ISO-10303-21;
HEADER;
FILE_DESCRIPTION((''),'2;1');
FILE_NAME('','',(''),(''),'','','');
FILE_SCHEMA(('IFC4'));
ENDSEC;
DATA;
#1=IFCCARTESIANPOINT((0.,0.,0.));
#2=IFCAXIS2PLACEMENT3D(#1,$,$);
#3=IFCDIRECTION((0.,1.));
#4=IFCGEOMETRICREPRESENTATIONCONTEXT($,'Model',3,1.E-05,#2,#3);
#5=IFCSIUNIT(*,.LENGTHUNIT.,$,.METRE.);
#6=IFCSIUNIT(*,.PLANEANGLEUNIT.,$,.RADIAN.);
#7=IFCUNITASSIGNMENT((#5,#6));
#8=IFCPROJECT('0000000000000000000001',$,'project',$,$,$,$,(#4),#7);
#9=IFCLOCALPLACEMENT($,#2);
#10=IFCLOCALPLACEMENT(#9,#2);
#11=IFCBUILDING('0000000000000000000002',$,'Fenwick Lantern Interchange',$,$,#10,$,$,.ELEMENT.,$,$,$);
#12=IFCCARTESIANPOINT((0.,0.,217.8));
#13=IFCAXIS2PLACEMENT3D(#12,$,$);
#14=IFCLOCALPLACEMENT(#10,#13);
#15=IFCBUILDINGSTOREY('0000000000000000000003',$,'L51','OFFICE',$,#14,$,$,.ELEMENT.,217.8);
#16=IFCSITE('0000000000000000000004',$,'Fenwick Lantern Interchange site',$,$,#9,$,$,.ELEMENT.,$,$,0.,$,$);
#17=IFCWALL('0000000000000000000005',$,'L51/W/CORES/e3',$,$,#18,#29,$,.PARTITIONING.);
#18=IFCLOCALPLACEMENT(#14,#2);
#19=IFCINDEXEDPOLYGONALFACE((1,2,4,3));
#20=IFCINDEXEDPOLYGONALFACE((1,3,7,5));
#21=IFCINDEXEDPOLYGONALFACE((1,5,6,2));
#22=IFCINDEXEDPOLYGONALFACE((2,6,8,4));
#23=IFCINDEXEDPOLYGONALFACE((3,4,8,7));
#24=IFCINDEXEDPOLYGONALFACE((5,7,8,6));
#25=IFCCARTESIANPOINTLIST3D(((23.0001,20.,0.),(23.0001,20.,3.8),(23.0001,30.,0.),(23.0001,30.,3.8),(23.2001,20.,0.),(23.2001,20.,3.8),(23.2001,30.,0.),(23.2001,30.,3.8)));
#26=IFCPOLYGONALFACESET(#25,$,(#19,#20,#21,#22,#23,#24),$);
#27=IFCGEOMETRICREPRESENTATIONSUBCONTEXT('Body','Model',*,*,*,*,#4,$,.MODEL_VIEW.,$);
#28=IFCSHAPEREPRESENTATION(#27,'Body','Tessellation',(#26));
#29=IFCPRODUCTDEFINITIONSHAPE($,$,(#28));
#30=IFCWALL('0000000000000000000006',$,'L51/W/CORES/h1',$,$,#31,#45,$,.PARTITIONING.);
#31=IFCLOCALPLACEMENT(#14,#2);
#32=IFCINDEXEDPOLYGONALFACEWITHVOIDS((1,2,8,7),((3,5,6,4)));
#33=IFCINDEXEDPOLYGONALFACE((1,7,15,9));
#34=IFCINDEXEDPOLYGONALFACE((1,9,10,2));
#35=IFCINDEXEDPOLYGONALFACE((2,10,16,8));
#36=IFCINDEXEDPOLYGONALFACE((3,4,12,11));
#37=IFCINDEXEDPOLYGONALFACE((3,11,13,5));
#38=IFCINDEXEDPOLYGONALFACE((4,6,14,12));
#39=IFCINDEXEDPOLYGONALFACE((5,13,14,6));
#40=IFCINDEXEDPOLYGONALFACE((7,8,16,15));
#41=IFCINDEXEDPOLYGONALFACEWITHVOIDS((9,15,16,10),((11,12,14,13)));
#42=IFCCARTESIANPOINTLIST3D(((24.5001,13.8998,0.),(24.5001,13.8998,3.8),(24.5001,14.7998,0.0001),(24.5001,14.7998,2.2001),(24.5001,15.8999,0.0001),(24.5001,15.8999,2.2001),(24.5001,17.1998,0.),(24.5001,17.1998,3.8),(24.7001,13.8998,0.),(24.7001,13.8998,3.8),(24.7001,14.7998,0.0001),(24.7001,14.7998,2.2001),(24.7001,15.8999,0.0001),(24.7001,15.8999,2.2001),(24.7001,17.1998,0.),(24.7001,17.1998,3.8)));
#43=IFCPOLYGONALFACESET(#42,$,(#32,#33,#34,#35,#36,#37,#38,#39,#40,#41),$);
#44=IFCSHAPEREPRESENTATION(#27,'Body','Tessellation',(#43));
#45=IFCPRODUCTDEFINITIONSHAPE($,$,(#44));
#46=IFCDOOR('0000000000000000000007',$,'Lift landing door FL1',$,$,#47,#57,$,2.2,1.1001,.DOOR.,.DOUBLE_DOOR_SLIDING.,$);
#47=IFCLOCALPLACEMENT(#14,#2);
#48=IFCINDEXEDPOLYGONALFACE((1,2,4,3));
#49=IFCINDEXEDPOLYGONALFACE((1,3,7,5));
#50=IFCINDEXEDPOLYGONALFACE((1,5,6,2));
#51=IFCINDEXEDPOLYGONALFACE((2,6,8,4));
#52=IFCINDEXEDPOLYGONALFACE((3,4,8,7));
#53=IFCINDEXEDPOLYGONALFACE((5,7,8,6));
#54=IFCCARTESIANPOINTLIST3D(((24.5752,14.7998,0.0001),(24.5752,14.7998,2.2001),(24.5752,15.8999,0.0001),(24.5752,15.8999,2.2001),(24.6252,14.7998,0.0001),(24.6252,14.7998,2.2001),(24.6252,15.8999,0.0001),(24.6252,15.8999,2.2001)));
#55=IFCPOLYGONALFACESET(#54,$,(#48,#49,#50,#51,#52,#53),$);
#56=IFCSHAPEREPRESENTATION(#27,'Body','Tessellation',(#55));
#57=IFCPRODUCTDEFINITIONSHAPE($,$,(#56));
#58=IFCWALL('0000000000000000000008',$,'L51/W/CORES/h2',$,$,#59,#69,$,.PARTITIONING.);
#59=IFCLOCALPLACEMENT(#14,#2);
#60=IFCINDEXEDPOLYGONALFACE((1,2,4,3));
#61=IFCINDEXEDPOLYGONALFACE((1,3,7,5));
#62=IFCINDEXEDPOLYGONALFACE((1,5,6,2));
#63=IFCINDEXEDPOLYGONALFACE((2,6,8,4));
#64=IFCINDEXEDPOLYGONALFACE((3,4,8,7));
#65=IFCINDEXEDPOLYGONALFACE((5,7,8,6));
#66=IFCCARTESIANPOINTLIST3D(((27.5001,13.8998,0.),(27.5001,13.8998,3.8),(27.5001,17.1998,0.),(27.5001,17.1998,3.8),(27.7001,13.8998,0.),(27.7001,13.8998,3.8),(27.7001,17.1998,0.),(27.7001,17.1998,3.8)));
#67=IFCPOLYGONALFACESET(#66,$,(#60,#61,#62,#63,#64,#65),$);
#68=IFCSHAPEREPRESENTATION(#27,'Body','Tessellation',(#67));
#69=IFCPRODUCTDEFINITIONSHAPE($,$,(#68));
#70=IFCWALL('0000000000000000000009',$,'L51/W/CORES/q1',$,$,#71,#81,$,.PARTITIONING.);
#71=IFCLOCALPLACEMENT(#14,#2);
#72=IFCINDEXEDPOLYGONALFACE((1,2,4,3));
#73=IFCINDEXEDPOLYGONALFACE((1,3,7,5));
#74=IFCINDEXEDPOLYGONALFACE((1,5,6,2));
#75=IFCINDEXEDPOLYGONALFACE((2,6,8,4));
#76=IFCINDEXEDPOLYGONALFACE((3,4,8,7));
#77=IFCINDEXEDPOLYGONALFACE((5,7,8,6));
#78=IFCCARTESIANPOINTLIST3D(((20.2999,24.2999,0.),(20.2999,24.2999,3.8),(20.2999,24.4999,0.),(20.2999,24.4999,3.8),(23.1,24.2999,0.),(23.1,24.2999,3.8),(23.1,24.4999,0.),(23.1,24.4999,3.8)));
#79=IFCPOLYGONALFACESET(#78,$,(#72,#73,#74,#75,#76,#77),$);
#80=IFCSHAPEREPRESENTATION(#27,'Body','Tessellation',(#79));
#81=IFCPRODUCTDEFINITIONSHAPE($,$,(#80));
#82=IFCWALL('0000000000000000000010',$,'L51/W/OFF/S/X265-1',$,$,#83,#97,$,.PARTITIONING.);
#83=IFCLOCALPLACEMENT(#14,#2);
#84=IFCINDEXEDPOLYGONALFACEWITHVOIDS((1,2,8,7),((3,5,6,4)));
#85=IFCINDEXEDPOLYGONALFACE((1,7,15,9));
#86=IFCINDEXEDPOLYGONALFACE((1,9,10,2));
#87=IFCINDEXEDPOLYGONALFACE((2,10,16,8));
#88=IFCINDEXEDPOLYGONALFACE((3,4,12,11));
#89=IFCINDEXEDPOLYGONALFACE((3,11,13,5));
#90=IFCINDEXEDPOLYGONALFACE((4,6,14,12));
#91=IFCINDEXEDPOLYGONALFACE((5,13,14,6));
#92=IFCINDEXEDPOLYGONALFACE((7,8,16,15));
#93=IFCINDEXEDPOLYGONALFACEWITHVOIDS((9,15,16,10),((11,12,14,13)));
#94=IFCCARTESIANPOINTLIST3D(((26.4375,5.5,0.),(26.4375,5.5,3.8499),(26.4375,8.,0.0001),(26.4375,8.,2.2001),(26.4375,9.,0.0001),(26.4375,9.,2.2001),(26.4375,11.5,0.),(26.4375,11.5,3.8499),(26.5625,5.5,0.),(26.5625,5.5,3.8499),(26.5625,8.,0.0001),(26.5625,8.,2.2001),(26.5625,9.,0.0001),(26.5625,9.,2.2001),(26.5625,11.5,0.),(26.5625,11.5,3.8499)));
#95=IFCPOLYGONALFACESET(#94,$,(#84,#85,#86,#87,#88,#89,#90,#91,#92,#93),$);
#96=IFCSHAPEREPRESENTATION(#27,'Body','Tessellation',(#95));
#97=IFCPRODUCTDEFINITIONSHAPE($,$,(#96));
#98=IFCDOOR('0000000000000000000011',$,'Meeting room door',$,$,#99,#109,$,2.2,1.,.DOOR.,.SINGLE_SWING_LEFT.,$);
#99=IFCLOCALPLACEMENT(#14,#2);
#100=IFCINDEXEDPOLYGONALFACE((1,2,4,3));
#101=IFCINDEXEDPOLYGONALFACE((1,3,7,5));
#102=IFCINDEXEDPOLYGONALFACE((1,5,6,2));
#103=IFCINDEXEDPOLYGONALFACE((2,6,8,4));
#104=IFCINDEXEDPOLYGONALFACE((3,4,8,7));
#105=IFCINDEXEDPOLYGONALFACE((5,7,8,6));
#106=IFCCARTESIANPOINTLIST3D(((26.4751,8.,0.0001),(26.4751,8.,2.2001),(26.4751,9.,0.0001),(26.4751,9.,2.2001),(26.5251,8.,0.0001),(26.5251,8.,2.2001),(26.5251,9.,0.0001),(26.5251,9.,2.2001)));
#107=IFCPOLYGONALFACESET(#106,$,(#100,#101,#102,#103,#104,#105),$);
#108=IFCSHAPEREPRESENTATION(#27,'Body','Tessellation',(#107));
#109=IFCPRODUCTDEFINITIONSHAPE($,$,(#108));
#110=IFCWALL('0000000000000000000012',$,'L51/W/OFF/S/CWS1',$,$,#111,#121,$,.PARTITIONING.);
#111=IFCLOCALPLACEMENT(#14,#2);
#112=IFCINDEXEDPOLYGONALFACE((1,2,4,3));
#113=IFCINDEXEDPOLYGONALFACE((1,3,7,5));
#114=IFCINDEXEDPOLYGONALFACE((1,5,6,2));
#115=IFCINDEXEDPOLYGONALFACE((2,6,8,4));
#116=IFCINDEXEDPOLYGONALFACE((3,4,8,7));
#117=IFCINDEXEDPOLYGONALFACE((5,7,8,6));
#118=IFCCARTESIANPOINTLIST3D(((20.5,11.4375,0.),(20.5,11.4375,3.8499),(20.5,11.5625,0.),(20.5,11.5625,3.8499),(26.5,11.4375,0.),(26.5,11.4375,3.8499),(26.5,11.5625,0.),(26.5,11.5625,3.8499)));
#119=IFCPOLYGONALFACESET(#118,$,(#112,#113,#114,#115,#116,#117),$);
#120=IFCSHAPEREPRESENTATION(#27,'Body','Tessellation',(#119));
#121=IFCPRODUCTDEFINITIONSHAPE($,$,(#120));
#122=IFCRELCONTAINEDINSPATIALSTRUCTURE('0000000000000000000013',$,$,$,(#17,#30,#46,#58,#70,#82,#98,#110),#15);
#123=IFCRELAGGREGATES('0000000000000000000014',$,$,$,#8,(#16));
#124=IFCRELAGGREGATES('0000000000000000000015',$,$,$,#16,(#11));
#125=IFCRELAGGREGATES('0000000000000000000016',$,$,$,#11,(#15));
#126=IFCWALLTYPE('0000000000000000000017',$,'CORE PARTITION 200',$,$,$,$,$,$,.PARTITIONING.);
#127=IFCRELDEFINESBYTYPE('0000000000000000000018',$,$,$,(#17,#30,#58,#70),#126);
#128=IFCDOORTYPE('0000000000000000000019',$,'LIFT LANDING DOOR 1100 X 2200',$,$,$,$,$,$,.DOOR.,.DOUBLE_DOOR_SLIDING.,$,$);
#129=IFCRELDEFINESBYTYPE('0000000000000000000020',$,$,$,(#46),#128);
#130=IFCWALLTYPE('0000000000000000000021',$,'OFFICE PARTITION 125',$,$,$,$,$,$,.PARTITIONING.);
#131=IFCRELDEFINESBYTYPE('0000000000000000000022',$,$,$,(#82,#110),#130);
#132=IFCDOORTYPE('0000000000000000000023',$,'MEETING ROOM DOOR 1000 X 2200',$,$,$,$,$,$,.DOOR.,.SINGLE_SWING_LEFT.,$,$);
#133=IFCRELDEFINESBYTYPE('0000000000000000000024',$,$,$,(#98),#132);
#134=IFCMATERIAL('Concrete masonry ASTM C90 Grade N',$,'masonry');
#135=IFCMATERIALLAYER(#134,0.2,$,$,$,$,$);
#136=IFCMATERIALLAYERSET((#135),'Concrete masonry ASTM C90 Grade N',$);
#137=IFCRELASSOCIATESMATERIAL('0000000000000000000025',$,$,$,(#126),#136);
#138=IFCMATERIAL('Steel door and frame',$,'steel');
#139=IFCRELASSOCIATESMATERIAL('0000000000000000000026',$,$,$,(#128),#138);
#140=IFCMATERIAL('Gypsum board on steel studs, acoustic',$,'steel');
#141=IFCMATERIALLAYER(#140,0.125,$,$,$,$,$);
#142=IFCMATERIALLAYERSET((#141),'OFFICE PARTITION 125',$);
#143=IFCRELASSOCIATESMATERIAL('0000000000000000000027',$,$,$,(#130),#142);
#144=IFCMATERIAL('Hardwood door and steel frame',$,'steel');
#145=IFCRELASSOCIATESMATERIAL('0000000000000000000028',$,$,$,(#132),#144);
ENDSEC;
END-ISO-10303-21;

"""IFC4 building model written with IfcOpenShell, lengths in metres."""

from ifc_helpers import new_model, si_unit, direction, frame, frame_2d, origin, place, context, subcontext, project, spatial, rectangle, extrude, material, layer, layer_set, type_object, element, fill, save


model = new_model("IFC4")

# Units and contexts
model_context = context("Model", 3, precision=1e-05, world=origin(), true_north=direction((0.0, 1.0)))
body_context = subcontext(model_context, "Body", "Model", "MODEL_VIEW")
ifc_project = project(units=[si_unit("LENGTHUNIT", "METRE"), si_unit("PLANEANGLEUNIT", "RADIAN")], contexts=[model_context])

# Site, building, storey
site_placement = place(None, origin())
site = spatial("IfcSite", under=ifc_project, at=site_placement, Name="Fenwick Lantern Interchange site", CompositionType="ELEMENT", RefElevation=0.0)
building_placement = place(site_placement, origin())
building = spatial("IfcBuilding", under=site, at=building_placement, Name="Fenwick Lantern Interchange", CompositionType="ELEMENT")
storey_placement = place(building_placement, frame((0.0, 0.0, 217.8)))
storey = spatial("IfcBuildingStorey", under=building, at=storey_placement, Name="L51", Description="OFFICE", CompositionType="ELEMENT", Elevation=217.8)

# Wall
ifc_material_1 = material(Name="Concrete masonry ASTM C90 Grade N", Category="masonry")
ifc_layer_1 = layer(ifc_material_1, 0.2)
ifc_layer_set_1 = layer_set([ifc_layer_1], Name="Concrete masonry ASTM C90 Grade N")
wall_type_1 = type_object("IfcWallType", Name="CORE PARTITION 200", PredefinedType="PARTITIONING", material=ifc_layer_set_1)
wall_1_placement = place(storey_placement, frame((23.1001, 20.0, 0.0), z_axis=(0.0, 0.0, 1.0), x_axis=(0.0, 1.0, 0.0)))
element("IfcWall", 1, at=wall_1_placement, inside=storey, type_object=wall_type_1, Name="L51/W/CORES/e3", PredefinedType="PARTITIONING", context=body_context, shape_type="SweptSolid", body=[
    extrude(rectangle(XDim=10.0, YDim=0.2, at=frame_2d((5.0, 0.0))), origin(), (0.0, 0.0, 1.0), 3.8),
])

# Wall, opening, door
wall_2_placement = place(storey_placement, frame((24.6001, 13.8999, 0.0), z_axis=(0.0, 0.0, 1.0), x_axis=(0.0, 1.0, 0.0)))
wall_2 = element("IfcWall", 2, at=wall_2_placement, inside=storey, type_object=wall_type_1, Name="L51/W/CORES/h1", PredefinedType="PARTITIONING", context=body_context, shape_type="SweptSolid", body=[
    extrude(rectangle(XDim=3.3, YDim=0.2, at=frame_2d((1.6499, 0.0))), origin(), (0.0, 0.0, 1.0), 3.8),
])
opening_1_placement = place(wall_2_placement, frame((0.8999, 0.0, 0.0)))
opening_1 = element("IfcOpeningElement", 3, at=opening_1_placement, cuts=wall_2, PredefinedType="OPENING", context=body_context, shape_type="SweptSolid", body=[
    extrude(rectangle(XDim=1.1001, YDim=2.2, at=frame_2d((0.55, 1.1001))), frame((0.0, 0.1099, 0.0), z_axis=(0.0, -1.0, 0.0), x_axis=(1.0, 0.0, 0.0)), (0.0, 0.0, 1.0), 0.22),
])
ifc_material_2 = material(Name="Steel door and frame", Category="steel")
door_type_1 = type_object("IfcDoorType", Name="LIFT LANDING DOOR 1100 X 2200", OperationType="DOUBLE_DOOR_SLIDING", PredefinedType="DOOR", material=ifc_material_2)
door_1_placement = place(opening_1_placement, origin())
door_1 = element("IfcDoor", 4, at=door_1_placement, inside=storey, type_object=door_type_1, Name="Lift landing door FL1", OperationType="DOUBLE_DOOR_SLIDING", OverallHeight=2.2, OverallWidth=1.1001, PredefinedType="DOOR", context=body_context, shape_type="SweptSolid", body=[
    extrude(rectangle(XDim=1.1001, YDim=2.2, at=frame_2d((0.55, 1.1001))), frame((0.0, 0.0249, 0.0), z_axis=(0.0, -1.0, 0.0), x_axis=(1.0, 0.0, 0.0)), (0.0, 0.0, 1.0), 0.05),
])
fill(opening_1, door_1)

# Walls
wall_3_placement = place(storey_placement, frame((27.6001, 13.8999, 0.0), z_axis=(0.0, 0.0, 1.0), x_axis=(0.0, 1.0, 0.0)))
element("IfcWall", 5, at=wall_3_placement, inside=storey, type_object=wall_type_1, Name="L51/W/CORES/h2", PredefinedType="PARTITIONING", context=body_context, shape_type="SweptSolid", body=[
    extrude(rectangle(XDim=3.3, YDim=0.2, at=frame_2d((1.6499, 0.0))), origin(), (0.0, 0.0, 1.0), 3.8),
])
wall_4_placement = place(storey_placement, frame((20.3, 24.3999, 0.0), z_axis=(0.0, 0.0, 1.0), x_axis=(1.0, 0.0, 0.0)))
element("IfcWall", 6, at=wall_4_placement, inside=storey, type_object=wall_type_1, Name="L51/W/CORES/q1", PredefinedType="PARTITIONING", context=body_context, shape_type="SweptSolid", body=[
    extrude(rectangle(XDim=2.8, YDim=0.2, at=frame_2d((1.3999, 0.0))), origin(), (0.0, 0.0, 1.0), 3.8),
])

# Wall, opening, door
ifc_material_3 = material(Name="Gypsum board on steel studs, acoustic", Category="steel")
ifc_layer_2 = layer(ifc_material_3, 0.125)
ifc_layer_set_2 = layer_set([ifc_layer_2], Name="OFFICE PARTITION 125")
wall_type_2 = type_object("IfcWallType", Name="OFFICE PARTITION 125", PredefinedType="PARTITIONING", material=ifc_layer_set_2)
wall_5_placement = place(storey_placement, frame((26.5, 5.5, 0.0), z_axis=(0.0, 0.0, 1.0), x_axis=(0.0, 1.0, 0.0)))
wall_5 = element("IfcWall", 7, at=wall_5_placement, inside=storey, type_object=wall_type_2, Name="L51/W/OFF/S/X265-1", PredefinedType="PARTITIONING", context=body_context, shape_type="SweptSolid", body=[
    extrude(rectangle(XDim=6.0, YDim=0.125, at=frame_2d((3.0, 0.0))), origin(), (0.0, 0.0, 1.0), 3.8499),
])
opening_2_placement = place(wall_5_placement, frame((2.5, 0.0, 0.0)))
opening_2 = element("IfcOpeningElement", 8, at=opening_2_placement, cuts=wall_5, PredefinedType="OPENING", context=body_context, shape_type="SweptSolid", body=[
    extrude(rectangle(XDim=1.0, YDim=2.2, at=frame_2d((0.5, 1.1001))), frame((0.0, 0.0725, 0.0), z_axis=(0.0, -1.0, 0.0), x_axis=(1.0, 0.0, 0.0)), (0.0, 0.0, 1.0), 0.145),
])
ifc_material_4 = material(Name="Hardwood door and steel frame", Category="steel")
door_type_2 = type_object("IfcDoorType", Name="MEETING ROOM DOOR 1000 X 2200", OperationType="SINGLE_SWING_LEFT", PredefinedType="DOOR", material=ifc_material_4)
door_2_placement = place(opening_2_placement, origin())
door_2 = element("IfcDoor", 9, at=door_2_placement, inside=storey, type_object=door_type_2, Name="Meeting room door", OperationType="SINGLE_SWING_LEFT", OverallHeight=2.2, OverallWidth=1.0, PredefinedType="DOOR", context=body_context, shape_type="SweptSolid", body=[
    extrude(rectangle(XDim=1.0, YDim=2.2, at=frame_2d((0.5, 1.1001))), frame((0.0, 0.0249, 0.0), z_axis=(0.0, -1.0, 0.0), x_axis=(1.0, 0.0, 0.0)), (0.0, 0.0, 1.0), 0.05),
])
fill(opening_2, door_2)

# Wall
wall_6_placement = place(storey_placement, frame((20.5, 11.5, 0.0), z_axis=(0.0, 0.0, 1.0), x_axis=(1.0, 0.0, 0.0)))
element("IfcWall", 10, at=wall_6_placement, inside=storey, type_object=wall_type_2, Name="L51/W/OFF/S/CWS1", PredefinedType="PARTITIONING", context=body_context, shape_type="SweptSolid", body=[
    extrude(rectangle(XDim=6.0, YDim=0.125, at=frame_2d((3.0, 0.0))), origin(), (0.0, 0.0, 1.0), 3.8499),
])

save(model, "model.ifc")
